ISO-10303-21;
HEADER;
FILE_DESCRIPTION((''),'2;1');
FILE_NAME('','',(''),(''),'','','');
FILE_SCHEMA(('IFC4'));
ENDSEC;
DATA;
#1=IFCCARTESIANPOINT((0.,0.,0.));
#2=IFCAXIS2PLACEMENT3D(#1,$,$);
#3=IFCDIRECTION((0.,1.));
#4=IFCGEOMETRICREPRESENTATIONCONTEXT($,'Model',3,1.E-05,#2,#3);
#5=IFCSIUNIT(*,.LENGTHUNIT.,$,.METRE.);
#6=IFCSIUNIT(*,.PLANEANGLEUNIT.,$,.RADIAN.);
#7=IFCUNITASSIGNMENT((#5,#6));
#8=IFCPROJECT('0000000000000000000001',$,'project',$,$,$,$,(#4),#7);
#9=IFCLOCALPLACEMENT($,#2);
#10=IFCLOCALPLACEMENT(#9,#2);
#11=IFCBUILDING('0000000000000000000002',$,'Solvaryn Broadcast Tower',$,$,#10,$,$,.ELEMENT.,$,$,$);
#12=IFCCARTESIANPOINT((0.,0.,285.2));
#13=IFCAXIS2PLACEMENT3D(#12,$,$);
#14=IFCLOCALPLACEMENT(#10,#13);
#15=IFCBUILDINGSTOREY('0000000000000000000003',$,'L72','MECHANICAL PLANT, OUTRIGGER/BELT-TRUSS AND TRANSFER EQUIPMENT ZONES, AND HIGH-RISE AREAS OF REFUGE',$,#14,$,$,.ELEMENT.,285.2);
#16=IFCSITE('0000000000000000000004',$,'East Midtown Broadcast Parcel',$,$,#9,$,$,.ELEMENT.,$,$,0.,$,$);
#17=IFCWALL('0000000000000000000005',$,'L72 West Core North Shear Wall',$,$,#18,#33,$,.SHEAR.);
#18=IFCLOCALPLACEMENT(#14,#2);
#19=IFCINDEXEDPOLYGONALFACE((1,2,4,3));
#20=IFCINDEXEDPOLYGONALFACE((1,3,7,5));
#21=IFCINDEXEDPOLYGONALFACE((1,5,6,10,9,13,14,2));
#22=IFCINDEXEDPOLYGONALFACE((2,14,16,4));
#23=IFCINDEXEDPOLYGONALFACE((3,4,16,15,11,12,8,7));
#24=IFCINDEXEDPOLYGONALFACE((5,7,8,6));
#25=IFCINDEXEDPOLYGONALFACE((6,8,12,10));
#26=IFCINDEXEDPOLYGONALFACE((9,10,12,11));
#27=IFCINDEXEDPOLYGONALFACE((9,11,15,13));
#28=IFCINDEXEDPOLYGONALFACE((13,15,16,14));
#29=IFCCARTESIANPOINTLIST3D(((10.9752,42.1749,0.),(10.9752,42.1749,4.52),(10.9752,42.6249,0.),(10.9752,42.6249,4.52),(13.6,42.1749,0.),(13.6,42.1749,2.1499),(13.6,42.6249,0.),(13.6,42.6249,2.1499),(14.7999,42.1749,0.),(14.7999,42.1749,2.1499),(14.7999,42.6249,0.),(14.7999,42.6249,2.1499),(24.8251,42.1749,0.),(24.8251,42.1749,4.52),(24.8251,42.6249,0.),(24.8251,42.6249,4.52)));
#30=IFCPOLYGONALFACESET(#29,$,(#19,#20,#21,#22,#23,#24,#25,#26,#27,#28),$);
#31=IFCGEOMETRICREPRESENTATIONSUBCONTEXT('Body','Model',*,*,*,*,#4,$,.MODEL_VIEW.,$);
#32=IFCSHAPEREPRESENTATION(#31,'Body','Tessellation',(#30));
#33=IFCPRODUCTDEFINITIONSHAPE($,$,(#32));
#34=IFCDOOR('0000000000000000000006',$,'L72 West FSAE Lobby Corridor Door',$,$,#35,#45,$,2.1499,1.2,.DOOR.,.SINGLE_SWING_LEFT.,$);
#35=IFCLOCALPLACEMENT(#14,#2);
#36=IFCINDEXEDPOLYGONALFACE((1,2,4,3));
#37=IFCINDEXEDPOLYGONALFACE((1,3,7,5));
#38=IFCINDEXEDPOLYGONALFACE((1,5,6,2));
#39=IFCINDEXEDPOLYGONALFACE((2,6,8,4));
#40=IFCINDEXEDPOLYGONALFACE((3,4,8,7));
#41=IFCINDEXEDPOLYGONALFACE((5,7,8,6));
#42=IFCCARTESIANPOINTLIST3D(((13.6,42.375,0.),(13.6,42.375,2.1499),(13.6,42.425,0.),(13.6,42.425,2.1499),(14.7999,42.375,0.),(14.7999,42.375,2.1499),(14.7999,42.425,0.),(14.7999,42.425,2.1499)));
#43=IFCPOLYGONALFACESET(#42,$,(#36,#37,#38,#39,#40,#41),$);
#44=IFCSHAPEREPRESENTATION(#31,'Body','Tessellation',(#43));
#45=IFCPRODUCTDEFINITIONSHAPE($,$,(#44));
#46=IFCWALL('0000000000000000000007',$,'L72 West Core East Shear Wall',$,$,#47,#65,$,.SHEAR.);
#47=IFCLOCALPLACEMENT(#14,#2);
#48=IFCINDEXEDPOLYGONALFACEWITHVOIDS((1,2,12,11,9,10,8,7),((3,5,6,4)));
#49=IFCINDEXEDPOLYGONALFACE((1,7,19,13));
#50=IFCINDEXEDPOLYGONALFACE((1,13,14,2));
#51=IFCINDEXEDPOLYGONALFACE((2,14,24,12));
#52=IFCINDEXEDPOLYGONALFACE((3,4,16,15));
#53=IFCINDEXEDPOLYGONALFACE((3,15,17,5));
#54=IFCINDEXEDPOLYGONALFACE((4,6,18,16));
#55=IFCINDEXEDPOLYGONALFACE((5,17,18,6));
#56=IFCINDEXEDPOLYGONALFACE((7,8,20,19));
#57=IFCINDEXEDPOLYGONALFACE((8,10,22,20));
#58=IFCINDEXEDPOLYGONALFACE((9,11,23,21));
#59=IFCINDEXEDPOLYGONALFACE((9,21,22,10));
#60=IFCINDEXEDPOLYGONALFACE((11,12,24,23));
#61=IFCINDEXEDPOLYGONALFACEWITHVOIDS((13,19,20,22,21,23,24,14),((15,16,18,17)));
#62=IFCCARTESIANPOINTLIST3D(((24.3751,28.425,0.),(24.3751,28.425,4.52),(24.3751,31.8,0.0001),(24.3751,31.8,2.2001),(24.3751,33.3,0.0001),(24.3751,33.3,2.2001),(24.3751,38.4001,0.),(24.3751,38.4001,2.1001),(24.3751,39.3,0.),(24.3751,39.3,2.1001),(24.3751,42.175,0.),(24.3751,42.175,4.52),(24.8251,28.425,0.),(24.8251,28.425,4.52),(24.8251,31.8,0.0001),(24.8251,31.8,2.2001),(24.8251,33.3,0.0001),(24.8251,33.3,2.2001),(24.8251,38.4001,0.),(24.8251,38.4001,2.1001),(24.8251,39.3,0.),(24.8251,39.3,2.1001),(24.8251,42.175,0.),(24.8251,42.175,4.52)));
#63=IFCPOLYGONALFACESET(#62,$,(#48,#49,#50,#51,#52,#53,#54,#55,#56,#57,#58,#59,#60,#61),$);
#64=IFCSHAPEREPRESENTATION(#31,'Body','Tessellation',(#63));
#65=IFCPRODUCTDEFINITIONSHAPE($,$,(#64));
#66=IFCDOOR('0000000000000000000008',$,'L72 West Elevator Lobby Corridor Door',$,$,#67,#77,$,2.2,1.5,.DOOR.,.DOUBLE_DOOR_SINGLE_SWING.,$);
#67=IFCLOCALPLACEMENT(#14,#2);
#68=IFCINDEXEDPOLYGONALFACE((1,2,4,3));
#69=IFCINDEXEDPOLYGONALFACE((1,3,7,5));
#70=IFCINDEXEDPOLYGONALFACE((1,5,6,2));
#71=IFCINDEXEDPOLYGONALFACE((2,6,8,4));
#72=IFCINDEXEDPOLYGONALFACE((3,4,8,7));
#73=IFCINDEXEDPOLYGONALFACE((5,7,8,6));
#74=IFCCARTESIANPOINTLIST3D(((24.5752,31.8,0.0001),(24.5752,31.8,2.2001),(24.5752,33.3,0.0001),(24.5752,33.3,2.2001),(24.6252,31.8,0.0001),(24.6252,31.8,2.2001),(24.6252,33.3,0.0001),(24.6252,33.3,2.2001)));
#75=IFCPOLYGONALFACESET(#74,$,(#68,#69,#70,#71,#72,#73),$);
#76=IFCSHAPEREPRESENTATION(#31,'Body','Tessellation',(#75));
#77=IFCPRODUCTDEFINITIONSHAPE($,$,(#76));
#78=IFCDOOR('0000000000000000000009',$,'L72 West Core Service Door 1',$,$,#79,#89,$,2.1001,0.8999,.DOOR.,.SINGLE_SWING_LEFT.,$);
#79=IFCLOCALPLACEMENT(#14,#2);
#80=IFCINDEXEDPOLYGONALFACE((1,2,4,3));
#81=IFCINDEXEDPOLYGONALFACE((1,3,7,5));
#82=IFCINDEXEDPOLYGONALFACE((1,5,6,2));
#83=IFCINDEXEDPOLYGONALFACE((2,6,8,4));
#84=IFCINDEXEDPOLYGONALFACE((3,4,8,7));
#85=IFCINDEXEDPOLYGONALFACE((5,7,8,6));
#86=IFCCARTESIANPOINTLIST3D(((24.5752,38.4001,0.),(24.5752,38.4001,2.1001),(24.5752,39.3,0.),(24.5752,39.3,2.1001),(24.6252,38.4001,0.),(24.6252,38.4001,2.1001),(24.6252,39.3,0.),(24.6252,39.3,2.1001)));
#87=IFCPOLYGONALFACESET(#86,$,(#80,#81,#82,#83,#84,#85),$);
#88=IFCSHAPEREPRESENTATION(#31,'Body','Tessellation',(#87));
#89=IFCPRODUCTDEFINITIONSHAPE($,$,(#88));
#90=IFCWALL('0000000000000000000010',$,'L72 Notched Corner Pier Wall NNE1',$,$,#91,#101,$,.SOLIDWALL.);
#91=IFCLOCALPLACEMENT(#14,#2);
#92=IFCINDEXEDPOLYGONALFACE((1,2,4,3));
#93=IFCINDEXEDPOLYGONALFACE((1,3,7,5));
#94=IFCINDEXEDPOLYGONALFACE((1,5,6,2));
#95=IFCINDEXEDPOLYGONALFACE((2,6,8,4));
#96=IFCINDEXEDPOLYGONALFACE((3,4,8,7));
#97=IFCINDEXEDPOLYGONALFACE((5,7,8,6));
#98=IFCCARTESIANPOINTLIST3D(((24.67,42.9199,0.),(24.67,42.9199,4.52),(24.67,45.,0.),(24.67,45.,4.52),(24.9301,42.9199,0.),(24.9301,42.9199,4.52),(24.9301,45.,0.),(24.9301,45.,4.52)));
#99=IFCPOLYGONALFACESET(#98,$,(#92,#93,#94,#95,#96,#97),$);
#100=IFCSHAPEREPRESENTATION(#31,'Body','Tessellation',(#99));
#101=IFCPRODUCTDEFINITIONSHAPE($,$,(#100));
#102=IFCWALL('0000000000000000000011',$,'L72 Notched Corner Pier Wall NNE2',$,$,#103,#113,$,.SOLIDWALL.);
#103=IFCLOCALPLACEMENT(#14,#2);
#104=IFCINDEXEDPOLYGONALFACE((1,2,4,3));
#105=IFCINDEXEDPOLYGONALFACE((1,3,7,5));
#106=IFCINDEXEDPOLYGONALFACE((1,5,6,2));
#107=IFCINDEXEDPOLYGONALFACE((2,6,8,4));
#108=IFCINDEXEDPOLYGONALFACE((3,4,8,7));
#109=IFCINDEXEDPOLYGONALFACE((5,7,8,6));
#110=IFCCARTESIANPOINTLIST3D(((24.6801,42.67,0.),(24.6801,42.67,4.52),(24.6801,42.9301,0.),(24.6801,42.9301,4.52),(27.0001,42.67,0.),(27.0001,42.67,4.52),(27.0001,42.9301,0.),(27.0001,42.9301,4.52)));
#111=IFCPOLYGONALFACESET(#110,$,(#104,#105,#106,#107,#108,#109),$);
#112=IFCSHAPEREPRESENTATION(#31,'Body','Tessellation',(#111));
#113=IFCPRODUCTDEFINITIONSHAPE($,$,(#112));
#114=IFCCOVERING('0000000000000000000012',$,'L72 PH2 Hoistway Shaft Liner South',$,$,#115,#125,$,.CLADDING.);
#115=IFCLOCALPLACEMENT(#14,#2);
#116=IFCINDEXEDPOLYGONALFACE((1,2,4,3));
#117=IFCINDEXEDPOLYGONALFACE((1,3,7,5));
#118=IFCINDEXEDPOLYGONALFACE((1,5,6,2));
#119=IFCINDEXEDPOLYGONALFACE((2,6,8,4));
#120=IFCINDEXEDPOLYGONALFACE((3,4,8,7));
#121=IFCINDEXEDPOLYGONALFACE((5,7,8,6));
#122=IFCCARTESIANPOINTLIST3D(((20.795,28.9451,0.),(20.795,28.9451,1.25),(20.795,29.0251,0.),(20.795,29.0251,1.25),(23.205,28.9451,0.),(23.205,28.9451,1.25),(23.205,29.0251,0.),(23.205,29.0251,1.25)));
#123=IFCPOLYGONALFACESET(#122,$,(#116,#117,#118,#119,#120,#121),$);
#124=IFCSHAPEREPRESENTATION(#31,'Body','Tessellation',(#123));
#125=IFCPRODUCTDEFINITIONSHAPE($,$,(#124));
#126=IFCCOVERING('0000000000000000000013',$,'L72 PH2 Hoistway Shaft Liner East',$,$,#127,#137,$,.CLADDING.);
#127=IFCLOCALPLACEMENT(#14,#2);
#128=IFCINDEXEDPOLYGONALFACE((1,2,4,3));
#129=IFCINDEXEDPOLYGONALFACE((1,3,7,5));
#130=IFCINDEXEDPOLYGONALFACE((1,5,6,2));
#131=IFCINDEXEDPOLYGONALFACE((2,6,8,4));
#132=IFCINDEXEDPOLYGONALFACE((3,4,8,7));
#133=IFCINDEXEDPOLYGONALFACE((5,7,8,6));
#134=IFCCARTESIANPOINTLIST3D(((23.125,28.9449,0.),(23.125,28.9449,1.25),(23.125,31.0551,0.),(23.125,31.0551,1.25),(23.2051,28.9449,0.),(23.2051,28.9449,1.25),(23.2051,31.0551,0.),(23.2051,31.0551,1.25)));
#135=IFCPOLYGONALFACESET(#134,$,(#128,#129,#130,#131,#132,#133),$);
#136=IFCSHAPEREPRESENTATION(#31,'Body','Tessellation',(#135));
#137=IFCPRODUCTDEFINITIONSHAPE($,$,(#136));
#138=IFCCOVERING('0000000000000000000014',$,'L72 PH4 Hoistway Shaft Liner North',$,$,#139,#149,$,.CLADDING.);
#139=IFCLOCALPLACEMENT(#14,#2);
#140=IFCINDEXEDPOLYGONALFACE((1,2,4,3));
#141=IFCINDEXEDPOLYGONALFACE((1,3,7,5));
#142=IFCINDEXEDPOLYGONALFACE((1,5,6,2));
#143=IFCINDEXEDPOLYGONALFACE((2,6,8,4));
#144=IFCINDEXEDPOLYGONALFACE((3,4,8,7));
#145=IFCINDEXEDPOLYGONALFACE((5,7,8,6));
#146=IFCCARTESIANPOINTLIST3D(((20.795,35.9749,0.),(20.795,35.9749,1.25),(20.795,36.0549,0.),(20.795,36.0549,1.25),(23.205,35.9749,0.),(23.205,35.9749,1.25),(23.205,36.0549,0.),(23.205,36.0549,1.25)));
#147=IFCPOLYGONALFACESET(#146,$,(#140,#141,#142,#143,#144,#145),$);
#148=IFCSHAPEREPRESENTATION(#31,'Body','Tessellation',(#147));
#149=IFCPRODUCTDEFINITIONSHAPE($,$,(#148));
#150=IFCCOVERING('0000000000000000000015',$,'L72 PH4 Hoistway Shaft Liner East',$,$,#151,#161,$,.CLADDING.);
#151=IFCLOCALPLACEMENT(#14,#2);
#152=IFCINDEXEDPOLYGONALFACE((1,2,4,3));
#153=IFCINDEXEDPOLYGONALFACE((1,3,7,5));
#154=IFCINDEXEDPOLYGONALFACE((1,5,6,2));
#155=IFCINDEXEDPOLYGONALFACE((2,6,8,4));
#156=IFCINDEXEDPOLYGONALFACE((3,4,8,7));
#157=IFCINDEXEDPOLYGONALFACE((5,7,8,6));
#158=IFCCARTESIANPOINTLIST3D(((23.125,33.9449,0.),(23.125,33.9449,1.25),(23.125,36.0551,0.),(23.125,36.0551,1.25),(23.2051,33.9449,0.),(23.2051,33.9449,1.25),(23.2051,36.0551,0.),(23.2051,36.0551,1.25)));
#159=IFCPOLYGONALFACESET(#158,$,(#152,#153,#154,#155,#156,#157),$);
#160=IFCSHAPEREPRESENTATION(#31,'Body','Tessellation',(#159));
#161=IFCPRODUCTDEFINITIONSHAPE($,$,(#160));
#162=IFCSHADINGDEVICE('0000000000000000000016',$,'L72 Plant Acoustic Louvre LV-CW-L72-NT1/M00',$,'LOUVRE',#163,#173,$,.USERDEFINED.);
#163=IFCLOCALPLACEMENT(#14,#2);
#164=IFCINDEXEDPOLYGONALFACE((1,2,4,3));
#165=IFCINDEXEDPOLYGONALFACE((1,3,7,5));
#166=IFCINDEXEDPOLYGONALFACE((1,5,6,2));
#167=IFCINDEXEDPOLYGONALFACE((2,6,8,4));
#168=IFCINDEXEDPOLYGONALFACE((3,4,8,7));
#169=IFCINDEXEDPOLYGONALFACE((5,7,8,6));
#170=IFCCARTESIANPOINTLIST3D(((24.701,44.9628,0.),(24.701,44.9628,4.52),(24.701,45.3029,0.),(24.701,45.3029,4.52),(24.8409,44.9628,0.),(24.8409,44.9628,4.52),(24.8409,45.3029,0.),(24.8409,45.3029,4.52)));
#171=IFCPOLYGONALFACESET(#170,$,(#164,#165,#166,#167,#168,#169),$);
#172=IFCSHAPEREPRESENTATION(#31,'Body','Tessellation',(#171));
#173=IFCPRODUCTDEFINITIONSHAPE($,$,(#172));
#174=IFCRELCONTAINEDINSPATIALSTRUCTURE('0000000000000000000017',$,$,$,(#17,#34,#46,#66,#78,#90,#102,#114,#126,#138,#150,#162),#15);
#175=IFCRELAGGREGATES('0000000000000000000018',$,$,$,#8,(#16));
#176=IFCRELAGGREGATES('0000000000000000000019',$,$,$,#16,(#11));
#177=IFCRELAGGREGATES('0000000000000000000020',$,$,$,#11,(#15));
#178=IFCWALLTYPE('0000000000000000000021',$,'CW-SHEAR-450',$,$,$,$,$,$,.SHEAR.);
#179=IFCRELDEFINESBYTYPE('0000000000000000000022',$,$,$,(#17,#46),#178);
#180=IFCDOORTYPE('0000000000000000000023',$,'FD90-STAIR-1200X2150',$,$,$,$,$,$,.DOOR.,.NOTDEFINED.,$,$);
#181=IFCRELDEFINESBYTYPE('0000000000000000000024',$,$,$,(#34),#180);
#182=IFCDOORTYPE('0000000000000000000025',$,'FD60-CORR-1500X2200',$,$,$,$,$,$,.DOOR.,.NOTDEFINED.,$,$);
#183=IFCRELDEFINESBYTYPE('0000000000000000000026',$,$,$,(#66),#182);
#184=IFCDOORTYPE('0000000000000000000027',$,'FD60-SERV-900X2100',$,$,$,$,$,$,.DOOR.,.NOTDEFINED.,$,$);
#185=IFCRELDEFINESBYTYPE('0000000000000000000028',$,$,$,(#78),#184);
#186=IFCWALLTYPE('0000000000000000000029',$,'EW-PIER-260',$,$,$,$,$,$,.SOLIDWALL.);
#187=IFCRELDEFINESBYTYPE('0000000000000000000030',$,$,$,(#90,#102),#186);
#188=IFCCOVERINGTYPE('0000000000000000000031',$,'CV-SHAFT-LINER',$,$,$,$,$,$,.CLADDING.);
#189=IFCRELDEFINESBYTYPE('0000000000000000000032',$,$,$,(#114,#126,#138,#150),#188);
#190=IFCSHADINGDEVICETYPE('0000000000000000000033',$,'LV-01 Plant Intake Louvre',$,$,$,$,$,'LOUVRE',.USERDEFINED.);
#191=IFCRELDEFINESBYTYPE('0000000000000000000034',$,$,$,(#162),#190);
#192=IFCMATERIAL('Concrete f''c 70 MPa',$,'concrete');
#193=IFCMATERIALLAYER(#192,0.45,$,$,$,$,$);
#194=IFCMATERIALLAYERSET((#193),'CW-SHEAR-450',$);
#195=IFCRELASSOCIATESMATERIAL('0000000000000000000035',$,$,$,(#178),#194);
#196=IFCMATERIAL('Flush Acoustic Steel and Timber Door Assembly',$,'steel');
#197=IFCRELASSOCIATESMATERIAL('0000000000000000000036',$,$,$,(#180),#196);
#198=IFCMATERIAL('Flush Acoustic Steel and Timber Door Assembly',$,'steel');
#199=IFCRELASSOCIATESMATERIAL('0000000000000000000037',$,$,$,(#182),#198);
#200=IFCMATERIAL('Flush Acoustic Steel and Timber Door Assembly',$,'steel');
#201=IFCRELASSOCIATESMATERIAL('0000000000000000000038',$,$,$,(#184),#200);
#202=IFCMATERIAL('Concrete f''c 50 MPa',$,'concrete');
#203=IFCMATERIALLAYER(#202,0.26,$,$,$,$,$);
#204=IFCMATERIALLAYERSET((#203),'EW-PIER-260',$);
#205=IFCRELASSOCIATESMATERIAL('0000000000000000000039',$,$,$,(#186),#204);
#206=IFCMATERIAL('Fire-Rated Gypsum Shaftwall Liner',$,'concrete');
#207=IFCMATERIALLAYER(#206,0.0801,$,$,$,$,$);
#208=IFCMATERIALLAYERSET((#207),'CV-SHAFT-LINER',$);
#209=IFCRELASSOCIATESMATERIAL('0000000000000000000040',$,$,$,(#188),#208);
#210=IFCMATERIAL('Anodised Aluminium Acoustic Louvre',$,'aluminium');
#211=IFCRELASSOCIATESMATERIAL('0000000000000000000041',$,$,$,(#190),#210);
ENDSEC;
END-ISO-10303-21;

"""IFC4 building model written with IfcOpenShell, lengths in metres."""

from ifc_helpers import new_model, si_unit, direction, frame, frame_2d, origin, origin_2d, place, context, subcontext, project, spatial, rectangle, extrude, material, layer, layer_set, type_object, element, fill, save


model = new_model("IFC4")

# Units and contexts
model_context = context("Model", 3, precision=1e-05, world=origin(), true_north=direction((0.0, 1.0)))
body_context = subcontext(model_context, "Body", "Model", "MODEL_VIEW")
ifc_project = project(units=[si_unit("LENGTHUNIT", "METRE"), si_unit("PLANEANGLEUNIT", "RADIAN")], contexts=[model_context])

# Site, building, storey
site_placement = place(None, origin())
site = spatial("IfcSite", under=ifc_project, at=site_placement, Name="East Midtown Broadcast Parcel", CompositionType="ELEMENT", RefElevation=0.0)
building_placement = place(site_placement, origin())
building = spatial("IfcBuilding", under=site, at=building_placement, Name="Solvaryn Broadcast Tower", CompositionType="ELEMENT")
storey_placement = place(building_placement, frame((0.0, 0.0, 285.2)))
storey = spatial("IfcBuildingStorey", under=building, at=storey_placement, Name="L72", Description="MECHANICAL PLANT, OUTRIGGER/BELT-TRUSS AND TRANSFER EQUIPMENT ZONES, AND HIGH-RISE AREAS OF REFUGE", CompositionType="ELEMENT", Elevation=285.2)

# Wall, opening, door
ifc_material_1 = material(Name="Concrete f'c 70 MPa", Category="concrete")
ifc_layer_1 = layer(ifc_material_1, 0.45)
ifc_layer_set_1 = layer_set([ifc_layer_1], Name="CW-SHEAR-450")
wall_type_1 = type_object("IfcWallType", Name="CW-SHEAR-450", PredefinedType="SHEAR", material=ifc_layer_set_1)
wall_1_placement = place(storey_placement, frame((24.825, 42.3999, 0.0), z_axis=(0.0, 0.0, 1.0), x_axis=(-1.0, 0.0, 0.0)))
wall_1 = element("IfcWall", 1, at=wall_1_placement, inside=storey, type_object=wall_type_1, Name="L72 West Core North Shear Wall", PredefinedType="SHEAR", context=body_context, shape_type="SweptSolid", body=[
    extrude(rectangle(XDim=13.8499, YDim=0.45, at=frame_2d((6.9248, 0.0))), origin(), (0.0, 0.0, 1.0), 4.52),
])
opening_1_placement = place(wall_1_placement, frame((10.0249, 0.0, 0.0)))
opening_1 = element("IfcOpeningElement", 2, at=opening_1_placement, cuts=wall_1, PredefinedType="OPENING", context=body_context, shape_type="SweptSolid", body=[
    extrude(rectangle(XDim=1.2, YDim=2.1499, at=frame_2d((0.6001, 1.075))), frame((0.0, 0.2351, 0.0), z_axis=(0.0, -1.0, 0.0), x_axis=(1.0, 0.0, 0.0)), (0.0, 0.0, 1.0), 0.47),
])
ifc_material_2 = material(Name="Flush Acoustic Steel and Timber Door Assembly", Category="steel")
door_type_1 = type_object("IfcDoorType", Name="FD90-STAIR-1200X2150", OperationType="NOTDEFINED", PredefinedType="DOOR", material=ifc_material_2)
door_1_placement = place(opening_1_placement, origin())
door_1 = element("IfcDoor", 3, at=door_1_placement, inside=storey, type_object=door_type_1, Name="L72 West FSAE Lobby Corridor Door", OperationType="SINGLE_SWING_LEFT", OverallHeight=2.1499, OverallWidth=1.2, PredefinedType="DOOR", context=body_context, shape_type="SweptSolid", body=[
    extrude(rectangle(XDim=1.2, YDim=2.1499, at=frame_2d((0.6001, 1.075))), frame((0.0, 0.0249, 0.0), z_axis=(0.0, -1.0, 0.0), x_axis=(1.0, 0.0, 0.0)), (0.0, 0.0, 1.0), 0.05),
])
fill(opening_1, door_1)

# Wall, openings, doors
wall_2_placement = place(storey_placement, frame((24.6001, 28.425, 0.0), z_axis=(0.0, 0.0, 1.0), x_axis=(0.0, 1.0, 0.0)))
wall_2 = element("IfcWall", 4, at=wall_2_placement, inside=storey, type_object=wall_type_1, Name="L72 West Core East Shear Wall", PredefinedType="SHEAR", context=body_context, shape_type="SweptSolid", body=[
    extrude(rectangle(XDim=13.75, YDim=0.45, at=frame_2d((6.875, 0.0))), origin(), (0.0, 0.0, 1.0), 4.52),
])
opening_2_placement = place(wall_2_placement, frame((3.375, 0.0, 0.0)))
opening_2 = element("IfcOpeningElement", 5, at=opening_2_placement, cuts=wall_2, PredefinedType="OPENING", context=body_context, shape_type="SweptSolid", body=[
    extrude(rectangle(XDim=1.5, YDim=2.2, at=frame_2d((0.75, 1.1001))), frame((0.0, 0.2351, 0.0), z_axis=(0.0, -1.0, 0.0), x_axis=(1.0, 0.0, 0.0)), (0.0, 0.0, 1.0), 0.47),
])
opening_3_placement = place(wall_2_placement, frame((9.9751, 0.0, 0.0)))
opening_3 = element("IfcOpeningElement", 6, at=opening_3_placement, cuts=wall_2, PredefinedType="OPENING", context=body_context, shape_type="SweptSolid", body=[
    extrude(rectangle(XDim=0.8999, YDim=2.1001, at=frame_2d((0.45, 1.05))), frame((0.0, 0.2351, 0.0), z_axis=(0.0, -1.0, 0.0), x_axis=(1.0, 0.0, 0.0)), (0.0, 0.0, 1.0), 0.47),
])
ifc_material_3 = material(Name="Flush Acoustic Steel and Timber Door Assembly", Category="steel")
door_type_2 = type_object("IfcDoorType", Name="FD60-CORR-1500X2200", OperationType="NOTDEFINED", PredefinedType="DOOR", material=ifc_material_3)
door_2_placement = place(opening_2_placement, origin())
door_2 = element("IfcDoor", 7, at=door_2_placement, inside=storey, type_object=door_type_2, Name="L72 West Elevator Lobby Corridor Door", OperationType="DOUBLE_DOOR_SINGLE_SWING", OverallHeight=2.2, OverallWidth=1.5, PredefinedType="DOOR", context=body_context, shape_type="SweptSolid", body=[
    extrude(rectangle(XDim=1.5, YDim=2.2, at=frame_2d((0.75, 1.1001))), frame((0.0, 0.0249, 0.0), z_axis=(0.0, -1.0, 0.0), x_axis=(1.0, 0.0, 0.0)), (0.0, 0.0, 1.0), 0.05),
])
fill(opening_2, door_2)
ifc_material_4 = material(Name="Flush Acoustic Steel and Timber Door Assembly", Category="steel")
door_type_3 = type_object("IfcDoorType", Name="FD60-SERV-900X2100", OperationType="NOTDEFINED", PredefinedType="DOOR", material=ifc_material_4)
door_3_placement = place(opening_3_placement, origin())
door_3 = element("IfcDoor", 8, at=door_3_placement, inside=storey, type_object=door_type_3, Name="L72 West Core Service Door 1", OperationType="SINGLE_SWING_LEFT", OverallHeight=2.1001, OverallWidth=0.8999, PredefinedType="DOOR", context=body_context, shape_type="SweptSolid", body=[
    extrude(rectangle(XDim=0.8999, YDim=2.1001, at=frame_2d((0.45, 1.05))), frame((0.0, 0.0249, 0.0), z_axis=(0.0, -1.0, 0.0), x_axis=(1.0, 0.0, 0.0)), (0.0, 0.0, 1.0), 0.05),
])
fill(opening_3, door_3)

# Walls
ifc_material_5 = material(Name="Concrete f'c 50 MPa", Category="concrete")
ifc_layer_2 = layer(ifc_material_5, 0.26)
ifc_layer_set_2 = layer_set([ifc_layer_2], Name="EW-PIER-260")
wall_type_2 = type_object("IfcWallType", Name="EW-PIER-260", PredefinedType="SOLIDWALL", material=ifc_layer_set_2)
wall_3_placement = place(storey_placement, frame((24.8, 45.0, 0.0), z_axis=(0.0, 0.0, 1.0), x_axis=(0.0, -1.0, 0.0)))
element("IfcWall", 9, at=wall_3_placement, inside=storey, type_object=wall_type_2, Name="L72 Notched Corner Pier Wall NNE1", PredefinedType="SOLIDWALL", context=body_context, shape_type="SweptSolid", body=[
    extrude(rectangle(XDim=2.0801, YDim=0.26, at=frame_2d((1.04, 0.0))), origin(), (0.0, 0.0, 1.0), 4.52),
])
wall_4_placement = place(storey_placement, frame((24.6799, 42.8, 0.0), z_axis=(0.0, 0.0, 1.0), x_axis=(1.0, 0.0, 0.0)))
element("IfcWall", 10, at=wall_4_placement, inside=storey, type_object=wall_type_2, Name="L72 Notched Corner Pier Wall NNE2", PredefinedType="SOLIDWALL", context=body_context, shape_type="SweptSolid", body=[
    extrude(rectangle(XDim=2.3201, YDim=0.26, at=frame_2d((1.1602, 0.0))), origin(), (0.0, 0.0, 1.0), 4.52),
])

# Coverings
ifc_material_6 = material(Name="Fire-Rated Gypsum Shaftwall Liner", Category="concrete")
ifc_layer_3 = layer(ifc_material_6, 0.0801)
ifc_layer_set_3 = layer_set([ifc_layer_3], Name="CV-SHAFT-LINER")
covering_type = type_object("IfcCoveringType", Name="CV-SHAFT-LINER", PredefinedType="CLADDING", material=ifc_layer_set_3)
covering_1_placement = place(storey_placement, frame((22.0, 28.9851, 0.0), z_axis=(0.0, 0.0, 1.0), x_axis=(1.0, 0.0, 0.0)))
element("IfcCovering", 11, at=covering_1_placement, inside=storey, type_object=covering_type, Name="L72 PH2 Hoistway Shaft Liner South", PredefinedType="CLADDING", context=body_context, shape_type="SweptSolid", body=[
    extrude(rectangle(XDim=2.4099, YDim=0.0801, at=origin_2d()), origin(), (0.0, 0.0, 1.0), 1.25),
])
covering_2_placement = place(storey_placement, frame((23.165, 30.0, 0.0), z_axis=(0.0, 0.0, 1.0), x_axis=(1.0, 0.0, 0.0)))
element("IfcCovering", 12, at=covering_2_placement, inside=storey, type_object=covering_type, Name="L72 PH2 Hoistway Shaft Liner East", PredefinedType="CLADDING", context=body_context, shape_type="SweptSolid", body=[
    extrude(rectangle(XDim=0.0801, YDim=2.1101, at=origin_2d()), origin(), (0.0, 0.0, 1.0), 1.25),
])
covering_3_placement = place(storey_placement, frame((22.0, 36.0149, 0.0), z_axis=(0.0, 0.0, 1.0), x_axis=(1.0, 0.0, 0.0)))
element("IfcCovering", 13, at=covering_3_placement, inside=storey, type_object=covering_type, Name="L72 PH4 Hoistway Shaft Liner North", PredefinedType="CLADDING", context=body_context, shape_type="SweptSolid", body=[
    extrude(rectangle(XDim=2.4099, YDim=0.0801, at=origin_2d()), origin(), (0.0, 0.0, 1.0), 1.25),
])
covering_4_placement = place(storey_placement, frame((23.165, 35.0, 0.0), z_axis=(0.0, 0.0, 1.0), x_axis=(1.0, 0.0, 0.0)))
element("IfcCovering", 14, at=covering_4_placement, inside=storey, type_object=covering_type, Name="L72 PH4 Hoistway Shaft Liner East", PredefinedType="CLADDING", context=body_context, shape_type="SweptSolid", body=[
    extrude(rectangle(XDim=0.0801, YDim=2.1101, at=origin_2d()), origin(), (0.0, 0.0, 1.0), 1.25),
])

# Shading device
ifc_material_7 = material(Name="Anodised Aluminium Acoustic Louvre", Category="aluminium")
shading_device_type = type_object("IfcShadingDeviceType", Name="LV-01 Plant Intake Louvre", ElementType="LOUVRE", PredefinedType="USERDEFINED", material=ifc_material_7)
shading_device_placement = place(storey_placement, frame((24.771, 45.1328, 0.0), z_axis=(0.0, 0.0, 1.0), x_axis=(1.0, 0.0, 0.0)))
element("IfcShadingDevice", 15, at=shading_device_placement, inside=storey, type_object=shading_device_type, Name="L72 Plant Acoustic Louvre LV-CW-L72-NT1/M00", ObjectType="LOUVRE", PredefinedType="USERDEFINED", context=body_context, shape_type="SweptSolid", body=[
    extrude(rectangle(XDim=0.1399, YDim=0.3401, at=origin_2d()), origin(), (0.0, 0.0, 1.0), 4.52),
])

save(model, "model.ifc")
